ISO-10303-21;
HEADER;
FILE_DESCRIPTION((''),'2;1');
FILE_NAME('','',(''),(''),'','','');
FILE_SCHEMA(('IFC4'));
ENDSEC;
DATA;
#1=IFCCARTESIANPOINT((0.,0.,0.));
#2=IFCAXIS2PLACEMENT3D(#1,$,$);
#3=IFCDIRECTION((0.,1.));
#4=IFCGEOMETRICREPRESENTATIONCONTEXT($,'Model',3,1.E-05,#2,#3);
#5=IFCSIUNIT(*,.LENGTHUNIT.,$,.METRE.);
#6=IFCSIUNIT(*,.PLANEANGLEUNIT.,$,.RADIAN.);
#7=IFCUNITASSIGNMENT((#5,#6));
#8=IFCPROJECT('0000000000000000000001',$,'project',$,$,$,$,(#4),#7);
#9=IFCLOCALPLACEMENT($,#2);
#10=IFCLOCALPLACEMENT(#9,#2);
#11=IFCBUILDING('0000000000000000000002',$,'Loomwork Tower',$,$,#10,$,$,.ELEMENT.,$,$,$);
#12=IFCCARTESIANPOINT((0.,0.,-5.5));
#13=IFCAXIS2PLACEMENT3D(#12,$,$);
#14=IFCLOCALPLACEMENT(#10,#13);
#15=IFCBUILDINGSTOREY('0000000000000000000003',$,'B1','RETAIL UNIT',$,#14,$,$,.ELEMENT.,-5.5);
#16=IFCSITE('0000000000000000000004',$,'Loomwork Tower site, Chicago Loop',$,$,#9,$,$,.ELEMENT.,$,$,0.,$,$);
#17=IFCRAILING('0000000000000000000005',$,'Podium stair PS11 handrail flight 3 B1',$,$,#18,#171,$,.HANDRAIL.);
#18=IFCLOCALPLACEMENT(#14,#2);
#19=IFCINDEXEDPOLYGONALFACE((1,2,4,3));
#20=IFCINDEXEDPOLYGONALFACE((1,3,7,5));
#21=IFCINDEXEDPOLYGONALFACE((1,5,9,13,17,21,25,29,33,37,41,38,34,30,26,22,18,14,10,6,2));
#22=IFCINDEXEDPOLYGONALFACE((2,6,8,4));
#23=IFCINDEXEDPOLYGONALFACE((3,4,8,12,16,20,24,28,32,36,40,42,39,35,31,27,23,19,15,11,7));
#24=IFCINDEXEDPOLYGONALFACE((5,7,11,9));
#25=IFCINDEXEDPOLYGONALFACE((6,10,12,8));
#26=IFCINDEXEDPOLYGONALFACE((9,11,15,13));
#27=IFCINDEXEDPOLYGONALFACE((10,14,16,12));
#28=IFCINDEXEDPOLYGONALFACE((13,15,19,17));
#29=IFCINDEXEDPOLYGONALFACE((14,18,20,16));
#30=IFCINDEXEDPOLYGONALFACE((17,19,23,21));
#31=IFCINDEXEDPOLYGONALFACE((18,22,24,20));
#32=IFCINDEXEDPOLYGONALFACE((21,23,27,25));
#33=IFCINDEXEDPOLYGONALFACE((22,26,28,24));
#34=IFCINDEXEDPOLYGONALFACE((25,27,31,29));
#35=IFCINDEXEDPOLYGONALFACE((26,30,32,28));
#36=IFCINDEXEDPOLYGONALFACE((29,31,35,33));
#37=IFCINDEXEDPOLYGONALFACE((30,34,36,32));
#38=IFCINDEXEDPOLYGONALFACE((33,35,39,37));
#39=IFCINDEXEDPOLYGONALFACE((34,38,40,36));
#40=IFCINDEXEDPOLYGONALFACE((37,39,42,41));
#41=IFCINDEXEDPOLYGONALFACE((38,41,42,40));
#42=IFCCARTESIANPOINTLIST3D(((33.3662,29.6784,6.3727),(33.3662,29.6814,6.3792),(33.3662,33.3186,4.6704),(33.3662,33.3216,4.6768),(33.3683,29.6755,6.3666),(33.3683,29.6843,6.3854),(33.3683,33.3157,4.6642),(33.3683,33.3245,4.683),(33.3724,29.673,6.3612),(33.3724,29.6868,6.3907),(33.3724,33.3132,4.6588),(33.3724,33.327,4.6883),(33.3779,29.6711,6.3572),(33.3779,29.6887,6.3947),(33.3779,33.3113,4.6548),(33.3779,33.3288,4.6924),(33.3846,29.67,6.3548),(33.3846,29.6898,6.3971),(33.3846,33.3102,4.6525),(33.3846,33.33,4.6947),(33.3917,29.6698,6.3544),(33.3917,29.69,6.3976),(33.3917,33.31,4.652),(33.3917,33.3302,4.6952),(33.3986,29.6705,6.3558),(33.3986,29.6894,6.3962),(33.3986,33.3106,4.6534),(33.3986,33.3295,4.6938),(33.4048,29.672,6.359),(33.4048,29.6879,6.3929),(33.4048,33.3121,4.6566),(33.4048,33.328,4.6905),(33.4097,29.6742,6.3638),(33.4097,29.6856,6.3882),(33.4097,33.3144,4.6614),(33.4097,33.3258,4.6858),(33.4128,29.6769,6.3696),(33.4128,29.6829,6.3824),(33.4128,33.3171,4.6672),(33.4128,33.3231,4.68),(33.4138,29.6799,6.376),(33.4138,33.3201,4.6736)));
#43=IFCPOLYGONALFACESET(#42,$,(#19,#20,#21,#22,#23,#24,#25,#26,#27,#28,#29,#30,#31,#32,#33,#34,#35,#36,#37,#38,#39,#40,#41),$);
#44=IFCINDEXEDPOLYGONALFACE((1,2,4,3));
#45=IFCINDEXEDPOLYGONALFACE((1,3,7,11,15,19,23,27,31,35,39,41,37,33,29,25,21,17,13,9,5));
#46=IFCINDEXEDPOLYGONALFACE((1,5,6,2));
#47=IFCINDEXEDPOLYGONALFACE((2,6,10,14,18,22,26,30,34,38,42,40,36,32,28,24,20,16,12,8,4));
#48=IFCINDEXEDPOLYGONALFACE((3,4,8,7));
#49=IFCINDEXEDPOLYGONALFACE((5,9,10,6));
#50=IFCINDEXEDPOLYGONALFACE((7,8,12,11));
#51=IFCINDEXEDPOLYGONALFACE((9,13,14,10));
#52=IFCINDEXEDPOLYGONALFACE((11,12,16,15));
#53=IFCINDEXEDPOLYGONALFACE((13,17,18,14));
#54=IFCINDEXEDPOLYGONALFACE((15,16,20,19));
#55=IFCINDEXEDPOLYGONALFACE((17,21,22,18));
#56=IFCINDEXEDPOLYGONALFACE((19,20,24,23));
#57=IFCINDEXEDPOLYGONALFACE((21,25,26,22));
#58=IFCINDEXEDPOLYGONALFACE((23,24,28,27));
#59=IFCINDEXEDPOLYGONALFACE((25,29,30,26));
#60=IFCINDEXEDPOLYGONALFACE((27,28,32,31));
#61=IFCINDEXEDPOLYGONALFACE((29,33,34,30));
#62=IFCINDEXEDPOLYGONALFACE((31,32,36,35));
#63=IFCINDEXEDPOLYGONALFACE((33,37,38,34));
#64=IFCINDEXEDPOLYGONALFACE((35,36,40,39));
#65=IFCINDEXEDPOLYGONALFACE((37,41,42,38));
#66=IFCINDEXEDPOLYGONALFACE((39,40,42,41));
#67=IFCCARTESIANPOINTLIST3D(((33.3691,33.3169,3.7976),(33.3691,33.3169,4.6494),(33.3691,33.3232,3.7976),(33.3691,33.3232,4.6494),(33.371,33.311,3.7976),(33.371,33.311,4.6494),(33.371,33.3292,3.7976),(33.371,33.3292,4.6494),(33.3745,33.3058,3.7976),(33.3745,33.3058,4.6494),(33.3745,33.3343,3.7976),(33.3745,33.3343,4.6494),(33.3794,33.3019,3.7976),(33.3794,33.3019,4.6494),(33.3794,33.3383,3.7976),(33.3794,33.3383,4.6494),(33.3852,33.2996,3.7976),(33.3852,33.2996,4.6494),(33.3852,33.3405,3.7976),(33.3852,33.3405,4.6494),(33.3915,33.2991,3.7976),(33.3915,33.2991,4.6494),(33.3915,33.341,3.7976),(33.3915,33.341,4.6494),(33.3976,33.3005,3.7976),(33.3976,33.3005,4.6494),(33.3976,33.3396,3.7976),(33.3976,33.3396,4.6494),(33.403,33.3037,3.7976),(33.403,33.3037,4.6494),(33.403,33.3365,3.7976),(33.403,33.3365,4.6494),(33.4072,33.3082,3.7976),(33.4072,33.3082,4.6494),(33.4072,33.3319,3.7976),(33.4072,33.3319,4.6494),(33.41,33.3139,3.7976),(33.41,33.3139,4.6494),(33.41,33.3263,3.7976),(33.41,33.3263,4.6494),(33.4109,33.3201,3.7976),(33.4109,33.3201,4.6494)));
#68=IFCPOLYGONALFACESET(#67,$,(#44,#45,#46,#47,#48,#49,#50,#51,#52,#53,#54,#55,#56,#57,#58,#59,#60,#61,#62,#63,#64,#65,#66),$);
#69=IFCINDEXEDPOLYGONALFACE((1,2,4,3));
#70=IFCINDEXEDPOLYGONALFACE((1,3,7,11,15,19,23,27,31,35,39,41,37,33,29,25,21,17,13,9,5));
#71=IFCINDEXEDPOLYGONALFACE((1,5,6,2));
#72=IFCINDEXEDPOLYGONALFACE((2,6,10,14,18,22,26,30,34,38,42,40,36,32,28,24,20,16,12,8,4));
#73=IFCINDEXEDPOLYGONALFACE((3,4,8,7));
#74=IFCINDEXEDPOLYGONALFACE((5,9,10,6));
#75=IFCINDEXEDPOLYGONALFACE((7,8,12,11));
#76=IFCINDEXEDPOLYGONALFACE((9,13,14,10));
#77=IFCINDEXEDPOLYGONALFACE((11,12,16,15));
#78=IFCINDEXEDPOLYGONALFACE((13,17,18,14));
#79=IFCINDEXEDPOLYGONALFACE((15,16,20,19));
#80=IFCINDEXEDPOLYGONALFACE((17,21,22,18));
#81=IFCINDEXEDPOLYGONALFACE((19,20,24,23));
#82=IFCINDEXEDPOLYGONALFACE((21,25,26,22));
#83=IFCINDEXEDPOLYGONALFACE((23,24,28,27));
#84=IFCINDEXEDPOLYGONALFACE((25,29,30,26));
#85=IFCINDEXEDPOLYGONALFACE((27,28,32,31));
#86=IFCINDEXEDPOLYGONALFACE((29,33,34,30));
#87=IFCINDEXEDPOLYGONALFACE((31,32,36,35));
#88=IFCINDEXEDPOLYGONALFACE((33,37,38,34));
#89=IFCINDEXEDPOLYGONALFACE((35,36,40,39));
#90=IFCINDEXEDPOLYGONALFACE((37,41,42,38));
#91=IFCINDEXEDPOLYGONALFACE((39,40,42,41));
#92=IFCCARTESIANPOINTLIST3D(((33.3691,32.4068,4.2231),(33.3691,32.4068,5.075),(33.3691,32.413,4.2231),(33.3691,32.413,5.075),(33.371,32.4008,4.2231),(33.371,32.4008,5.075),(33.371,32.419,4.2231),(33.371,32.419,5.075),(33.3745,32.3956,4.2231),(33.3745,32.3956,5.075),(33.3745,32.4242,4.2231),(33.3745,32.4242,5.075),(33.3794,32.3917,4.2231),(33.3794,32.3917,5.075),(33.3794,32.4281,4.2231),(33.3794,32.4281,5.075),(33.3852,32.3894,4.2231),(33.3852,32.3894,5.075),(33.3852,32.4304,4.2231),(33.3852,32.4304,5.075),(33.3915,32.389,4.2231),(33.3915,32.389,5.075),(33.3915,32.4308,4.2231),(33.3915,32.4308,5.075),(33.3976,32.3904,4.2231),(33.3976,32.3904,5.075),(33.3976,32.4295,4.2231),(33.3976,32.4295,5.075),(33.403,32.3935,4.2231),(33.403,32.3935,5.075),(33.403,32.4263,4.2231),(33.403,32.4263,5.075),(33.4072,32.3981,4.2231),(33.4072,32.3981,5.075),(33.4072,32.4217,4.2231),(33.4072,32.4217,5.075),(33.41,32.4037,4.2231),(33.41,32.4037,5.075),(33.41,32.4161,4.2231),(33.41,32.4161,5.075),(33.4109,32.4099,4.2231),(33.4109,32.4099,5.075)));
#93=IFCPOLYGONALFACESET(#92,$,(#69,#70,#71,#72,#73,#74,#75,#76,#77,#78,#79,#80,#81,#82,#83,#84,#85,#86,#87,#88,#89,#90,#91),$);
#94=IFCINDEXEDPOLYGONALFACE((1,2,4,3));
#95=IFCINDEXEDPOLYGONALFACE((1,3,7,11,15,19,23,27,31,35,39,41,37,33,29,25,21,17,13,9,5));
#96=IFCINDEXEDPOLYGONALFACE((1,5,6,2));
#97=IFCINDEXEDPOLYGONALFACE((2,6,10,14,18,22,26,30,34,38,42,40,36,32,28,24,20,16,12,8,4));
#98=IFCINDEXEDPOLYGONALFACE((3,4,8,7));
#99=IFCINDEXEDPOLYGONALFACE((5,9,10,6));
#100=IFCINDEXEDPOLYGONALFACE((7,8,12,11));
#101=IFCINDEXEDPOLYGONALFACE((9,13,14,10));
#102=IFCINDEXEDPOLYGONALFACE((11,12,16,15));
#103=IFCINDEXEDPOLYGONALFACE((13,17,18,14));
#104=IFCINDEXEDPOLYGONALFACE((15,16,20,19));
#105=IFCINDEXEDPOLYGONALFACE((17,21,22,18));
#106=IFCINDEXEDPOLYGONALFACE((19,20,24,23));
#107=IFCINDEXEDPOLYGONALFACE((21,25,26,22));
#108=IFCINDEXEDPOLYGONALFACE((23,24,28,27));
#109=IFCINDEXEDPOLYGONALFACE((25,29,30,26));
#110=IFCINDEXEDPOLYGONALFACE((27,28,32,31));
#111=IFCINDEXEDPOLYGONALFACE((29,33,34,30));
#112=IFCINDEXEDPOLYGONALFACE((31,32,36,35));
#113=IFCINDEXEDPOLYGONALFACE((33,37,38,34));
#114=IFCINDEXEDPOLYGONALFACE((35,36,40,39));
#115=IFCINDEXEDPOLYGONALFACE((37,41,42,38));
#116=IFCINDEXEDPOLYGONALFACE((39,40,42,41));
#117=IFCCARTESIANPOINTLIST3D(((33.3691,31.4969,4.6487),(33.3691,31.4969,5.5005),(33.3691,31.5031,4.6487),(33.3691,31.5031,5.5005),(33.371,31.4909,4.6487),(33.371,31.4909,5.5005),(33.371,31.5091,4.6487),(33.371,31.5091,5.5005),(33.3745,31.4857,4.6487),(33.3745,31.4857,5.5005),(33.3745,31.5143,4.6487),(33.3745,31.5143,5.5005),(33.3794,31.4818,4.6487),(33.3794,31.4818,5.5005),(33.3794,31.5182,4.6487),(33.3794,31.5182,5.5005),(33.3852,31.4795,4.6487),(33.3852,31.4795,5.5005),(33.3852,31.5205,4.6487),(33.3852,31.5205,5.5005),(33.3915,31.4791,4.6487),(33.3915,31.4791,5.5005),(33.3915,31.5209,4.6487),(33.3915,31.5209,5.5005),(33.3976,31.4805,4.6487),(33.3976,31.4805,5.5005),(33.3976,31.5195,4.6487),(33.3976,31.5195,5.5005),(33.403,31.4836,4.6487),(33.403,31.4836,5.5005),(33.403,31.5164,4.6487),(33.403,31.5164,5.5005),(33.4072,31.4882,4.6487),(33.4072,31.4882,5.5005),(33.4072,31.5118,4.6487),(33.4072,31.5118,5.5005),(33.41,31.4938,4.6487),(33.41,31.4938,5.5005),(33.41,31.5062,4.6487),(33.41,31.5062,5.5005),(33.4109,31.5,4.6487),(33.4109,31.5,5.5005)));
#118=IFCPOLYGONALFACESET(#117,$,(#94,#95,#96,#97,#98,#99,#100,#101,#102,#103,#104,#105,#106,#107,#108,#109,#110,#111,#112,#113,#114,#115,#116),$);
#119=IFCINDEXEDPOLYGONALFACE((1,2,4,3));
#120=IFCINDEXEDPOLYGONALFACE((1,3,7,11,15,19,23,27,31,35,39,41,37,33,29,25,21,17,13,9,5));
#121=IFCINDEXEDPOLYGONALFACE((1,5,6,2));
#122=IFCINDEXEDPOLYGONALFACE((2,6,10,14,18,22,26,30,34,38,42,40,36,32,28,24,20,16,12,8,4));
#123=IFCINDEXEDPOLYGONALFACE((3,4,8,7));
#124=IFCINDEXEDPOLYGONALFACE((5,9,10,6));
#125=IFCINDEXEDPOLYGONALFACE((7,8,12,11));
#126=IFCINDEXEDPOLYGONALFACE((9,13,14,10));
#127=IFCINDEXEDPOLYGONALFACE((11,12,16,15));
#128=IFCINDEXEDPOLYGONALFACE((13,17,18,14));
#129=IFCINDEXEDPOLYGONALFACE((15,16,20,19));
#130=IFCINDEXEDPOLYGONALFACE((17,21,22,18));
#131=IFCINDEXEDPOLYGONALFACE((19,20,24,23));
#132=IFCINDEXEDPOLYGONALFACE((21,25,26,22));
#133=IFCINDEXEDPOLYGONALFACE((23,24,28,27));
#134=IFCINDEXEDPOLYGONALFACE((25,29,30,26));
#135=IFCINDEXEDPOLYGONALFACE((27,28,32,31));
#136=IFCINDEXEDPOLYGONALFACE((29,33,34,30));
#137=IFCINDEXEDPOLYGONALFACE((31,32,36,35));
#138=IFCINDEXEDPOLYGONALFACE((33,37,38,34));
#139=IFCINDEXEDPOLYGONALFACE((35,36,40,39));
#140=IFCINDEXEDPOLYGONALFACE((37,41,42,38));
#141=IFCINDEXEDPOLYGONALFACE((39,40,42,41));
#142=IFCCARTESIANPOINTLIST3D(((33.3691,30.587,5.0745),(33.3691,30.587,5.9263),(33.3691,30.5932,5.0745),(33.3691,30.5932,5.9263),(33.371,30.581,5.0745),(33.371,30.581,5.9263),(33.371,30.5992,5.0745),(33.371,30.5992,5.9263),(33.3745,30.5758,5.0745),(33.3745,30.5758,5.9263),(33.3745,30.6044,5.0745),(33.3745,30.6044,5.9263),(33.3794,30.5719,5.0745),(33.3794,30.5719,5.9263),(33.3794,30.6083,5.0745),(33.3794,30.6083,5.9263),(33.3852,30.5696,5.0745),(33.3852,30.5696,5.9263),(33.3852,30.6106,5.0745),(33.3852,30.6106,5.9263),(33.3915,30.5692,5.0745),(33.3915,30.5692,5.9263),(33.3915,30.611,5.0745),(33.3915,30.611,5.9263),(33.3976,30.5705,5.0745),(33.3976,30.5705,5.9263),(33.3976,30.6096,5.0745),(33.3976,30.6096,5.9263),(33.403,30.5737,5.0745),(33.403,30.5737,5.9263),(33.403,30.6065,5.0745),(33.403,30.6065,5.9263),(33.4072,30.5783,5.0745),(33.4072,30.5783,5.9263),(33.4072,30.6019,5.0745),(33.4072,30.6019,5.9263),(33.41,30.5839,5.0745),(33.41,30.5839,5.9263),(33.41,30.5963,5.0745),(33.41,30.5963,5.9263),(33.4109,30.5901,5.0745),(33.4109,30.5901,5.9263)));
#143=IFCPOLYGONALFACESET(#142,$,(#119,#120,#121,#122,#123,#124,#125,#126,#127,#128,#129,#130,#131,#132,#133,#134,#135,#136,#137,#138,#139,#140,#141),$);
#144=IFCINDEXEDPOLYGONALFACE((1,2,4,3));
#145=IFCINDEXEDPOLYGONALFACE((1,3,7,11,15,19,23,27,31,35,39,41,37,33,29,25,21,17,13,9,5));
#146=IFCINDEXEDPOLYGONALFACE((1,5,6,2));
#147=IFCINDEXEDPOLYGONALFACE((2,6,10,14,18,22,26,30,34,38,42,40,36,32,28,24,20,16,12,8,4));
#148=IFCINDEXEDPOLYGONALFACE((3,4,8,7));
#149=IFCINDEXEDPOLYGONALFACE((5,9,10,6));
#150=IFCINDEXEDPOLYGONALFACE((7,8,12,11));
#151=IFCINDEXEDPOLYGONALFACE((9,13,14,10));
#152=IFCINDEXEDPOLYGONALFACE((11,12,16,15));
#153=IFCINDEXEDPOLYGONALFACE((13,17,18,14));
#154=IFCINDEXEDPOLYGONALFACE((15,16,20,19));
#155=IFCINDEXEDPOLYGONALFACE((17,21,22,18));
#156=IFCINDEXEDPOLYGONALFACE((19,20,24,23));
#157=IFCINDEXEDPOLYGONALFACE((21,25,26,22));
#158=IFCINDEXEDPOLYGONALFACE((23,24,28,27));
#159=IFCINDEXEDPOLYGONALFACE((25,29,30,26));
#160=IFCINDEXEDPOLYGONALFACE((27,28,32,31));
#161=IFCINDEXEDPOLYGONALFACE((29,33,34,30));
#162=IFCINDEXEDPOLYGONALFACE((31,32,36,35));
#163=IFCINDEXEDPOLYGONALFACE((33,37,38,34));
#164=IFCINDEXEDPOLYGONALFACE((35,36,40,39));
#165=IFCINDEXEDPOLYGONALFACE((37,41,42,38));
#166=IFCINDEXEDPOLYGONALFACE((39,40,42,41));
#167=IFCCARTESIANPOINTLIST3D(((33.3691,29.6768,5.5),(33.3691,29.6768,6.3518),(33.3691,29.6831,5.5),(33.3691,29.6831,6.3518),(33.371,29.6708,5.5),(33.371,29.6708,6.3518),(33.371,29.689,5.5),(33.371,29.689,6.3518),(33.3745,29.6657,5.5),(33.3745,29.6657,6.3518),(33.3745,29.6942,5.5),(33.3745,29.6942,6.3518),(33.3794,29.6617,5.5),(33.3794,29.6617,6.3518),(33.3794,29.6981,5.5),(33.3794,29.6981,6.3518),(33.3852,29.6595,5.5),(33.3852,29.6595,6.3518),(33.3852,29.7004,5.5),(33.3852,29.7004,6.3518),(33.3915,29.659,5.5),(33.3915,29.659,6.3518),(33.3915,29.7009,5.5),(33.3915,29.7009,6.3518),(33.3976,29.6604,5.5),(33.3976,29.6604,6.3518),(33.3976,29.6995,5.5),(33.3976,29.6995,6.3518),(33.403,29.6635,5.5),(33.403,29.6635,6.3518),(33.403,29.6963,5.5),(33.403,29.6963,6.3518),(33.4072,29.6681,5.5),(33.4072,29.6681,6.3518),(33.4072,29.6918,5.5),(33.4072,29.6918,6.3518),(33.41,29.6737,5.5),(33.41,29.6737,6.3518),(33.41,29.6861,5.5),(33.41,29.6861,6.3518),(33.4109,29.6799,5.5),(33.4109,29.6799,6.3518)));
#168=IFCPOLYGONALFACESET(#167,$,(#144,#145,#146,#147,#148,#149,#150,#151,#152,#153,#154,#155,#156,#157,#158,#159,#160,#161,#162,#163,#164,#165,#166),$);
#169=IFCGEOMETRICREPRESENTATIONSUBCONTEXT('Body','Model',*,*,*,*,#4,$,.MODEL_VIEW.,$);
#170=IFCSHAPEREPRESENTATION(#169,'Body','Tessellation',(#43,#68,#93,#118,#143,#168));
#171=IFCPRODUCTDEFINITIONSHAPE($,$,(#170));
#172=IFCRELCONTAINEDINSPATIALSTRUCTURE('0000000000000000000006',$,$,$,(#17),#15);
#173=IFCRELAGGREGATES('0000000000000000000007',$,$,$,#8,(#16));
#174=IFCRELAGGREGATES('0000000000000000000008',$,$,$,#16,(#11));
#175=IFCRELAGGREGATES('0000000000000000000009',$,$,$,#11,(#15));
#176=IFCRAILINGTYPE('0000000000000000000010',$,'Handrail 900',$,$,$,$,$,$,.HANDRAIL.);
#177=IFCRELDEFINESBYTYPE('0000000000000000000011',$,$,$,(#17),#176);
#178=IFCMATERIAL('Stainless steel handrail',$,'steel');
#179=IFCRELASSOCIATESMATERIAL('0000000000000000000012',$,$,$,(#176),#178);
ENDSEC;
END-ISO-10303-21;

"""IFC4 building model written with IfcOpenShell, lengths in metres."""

from ifc_helpers import new_model, si_unit, direction, frame, origin, origin_2d, place, context, subcontext, project, spatial, circle, extrude, material, type_object, element, save


model = new_model("IFC4")

# Units and contexts
model_context = context("Model", 3, precision=1e-05, world=origin(), true_north=direction((0.0, 1.0)))
body_context = subcontext(model_context, "Body", "Model", "MODEL_VIEW")
ifc_project = project(units=[si_unit("LENGTHUNIT", "METRE"), si_unit("PLANEANGLEUNIT", "RADIAN")], contexts=[model_context])

# Site, building, storey
site_placement = place(None, origin())
site = spatial("IfcSite", under=ifc_project, at=site_placement, Name="Loomwork Tower site, Chicago Loop", CompositionType="ELEMENT", RefElevation=0.0)
building_placement = place(site_placement, origin())
building = spatial("IfcBuilding", under=site, at=building_placement, Name="Loomwork Tower", CompositionType="ELEMENT")
storey_placement = place(building_placement, frame((0.0, 0.0, -5.5)))
storey = spatial("IfcBuildingStorey", under=building, at=storey_placement, Name="B1", Description="RETAIL UNIT", CompositionType="ELEMENT", Elevation=-5.5)

# Railing
ifc_material_1 = material(Name="Stainless steel handrail", Category="steel")
railing_type = type_object("IfcRailingType", Name="Handrail 900", PredefinedType="HANDRAIL", material=ifc_material_1)
railing_1_placement = place(storey_placement, frame((33.3899, 33.3201, 3.7976)))
element("IfcRailing", 1, at=railing_1_placement, inside=storey, type_object=railing_type, Name="Podium stair PS11 handrail flight 3 B1", PredefinedType="HANDRAIL", context=body_context, shape_type="SweptSolid", body=[
    extrude(circle(Radius=0.0239, at=origin_2d()), frame((0.0, 0.0, 0.876), z_axis=(0.0, -0.905834, 0.423634), x_axis=(1.0, 0.0, 0.0)), (0.0, 0.0, 1.0), 4.0186),
    extrude(circle(Radius=0.021, at=origin_2d()), origin(), (0.0, 0.0, 1.0), 0.8518),
    extrude(circle(Radius=0.021, at=origin_2d()), frame((0.0, -0.9102, 0.4255)), (0.0, 0.0, 1.0), 0.8518),
    extrude(circle(Radius=0.021, at=origin_2d()), frame((0.0, -1.8201, 0.8511)), (0.0, 0.0, 1.0), 0.8518),
    extrude(circle(Radius=0.021, at=origin_2d()), frame((0.0, -2.73, 1.2769)), (0.0, 0.0, 1.0), 0.8518),
    extrude(circle(Radius=0.021, at=origin_2d()), frame((0.0, -3.6401, 1.7024)), (0.0, 0.0, 1.0), 0.8518),
])

save(model, "model.ifc")
